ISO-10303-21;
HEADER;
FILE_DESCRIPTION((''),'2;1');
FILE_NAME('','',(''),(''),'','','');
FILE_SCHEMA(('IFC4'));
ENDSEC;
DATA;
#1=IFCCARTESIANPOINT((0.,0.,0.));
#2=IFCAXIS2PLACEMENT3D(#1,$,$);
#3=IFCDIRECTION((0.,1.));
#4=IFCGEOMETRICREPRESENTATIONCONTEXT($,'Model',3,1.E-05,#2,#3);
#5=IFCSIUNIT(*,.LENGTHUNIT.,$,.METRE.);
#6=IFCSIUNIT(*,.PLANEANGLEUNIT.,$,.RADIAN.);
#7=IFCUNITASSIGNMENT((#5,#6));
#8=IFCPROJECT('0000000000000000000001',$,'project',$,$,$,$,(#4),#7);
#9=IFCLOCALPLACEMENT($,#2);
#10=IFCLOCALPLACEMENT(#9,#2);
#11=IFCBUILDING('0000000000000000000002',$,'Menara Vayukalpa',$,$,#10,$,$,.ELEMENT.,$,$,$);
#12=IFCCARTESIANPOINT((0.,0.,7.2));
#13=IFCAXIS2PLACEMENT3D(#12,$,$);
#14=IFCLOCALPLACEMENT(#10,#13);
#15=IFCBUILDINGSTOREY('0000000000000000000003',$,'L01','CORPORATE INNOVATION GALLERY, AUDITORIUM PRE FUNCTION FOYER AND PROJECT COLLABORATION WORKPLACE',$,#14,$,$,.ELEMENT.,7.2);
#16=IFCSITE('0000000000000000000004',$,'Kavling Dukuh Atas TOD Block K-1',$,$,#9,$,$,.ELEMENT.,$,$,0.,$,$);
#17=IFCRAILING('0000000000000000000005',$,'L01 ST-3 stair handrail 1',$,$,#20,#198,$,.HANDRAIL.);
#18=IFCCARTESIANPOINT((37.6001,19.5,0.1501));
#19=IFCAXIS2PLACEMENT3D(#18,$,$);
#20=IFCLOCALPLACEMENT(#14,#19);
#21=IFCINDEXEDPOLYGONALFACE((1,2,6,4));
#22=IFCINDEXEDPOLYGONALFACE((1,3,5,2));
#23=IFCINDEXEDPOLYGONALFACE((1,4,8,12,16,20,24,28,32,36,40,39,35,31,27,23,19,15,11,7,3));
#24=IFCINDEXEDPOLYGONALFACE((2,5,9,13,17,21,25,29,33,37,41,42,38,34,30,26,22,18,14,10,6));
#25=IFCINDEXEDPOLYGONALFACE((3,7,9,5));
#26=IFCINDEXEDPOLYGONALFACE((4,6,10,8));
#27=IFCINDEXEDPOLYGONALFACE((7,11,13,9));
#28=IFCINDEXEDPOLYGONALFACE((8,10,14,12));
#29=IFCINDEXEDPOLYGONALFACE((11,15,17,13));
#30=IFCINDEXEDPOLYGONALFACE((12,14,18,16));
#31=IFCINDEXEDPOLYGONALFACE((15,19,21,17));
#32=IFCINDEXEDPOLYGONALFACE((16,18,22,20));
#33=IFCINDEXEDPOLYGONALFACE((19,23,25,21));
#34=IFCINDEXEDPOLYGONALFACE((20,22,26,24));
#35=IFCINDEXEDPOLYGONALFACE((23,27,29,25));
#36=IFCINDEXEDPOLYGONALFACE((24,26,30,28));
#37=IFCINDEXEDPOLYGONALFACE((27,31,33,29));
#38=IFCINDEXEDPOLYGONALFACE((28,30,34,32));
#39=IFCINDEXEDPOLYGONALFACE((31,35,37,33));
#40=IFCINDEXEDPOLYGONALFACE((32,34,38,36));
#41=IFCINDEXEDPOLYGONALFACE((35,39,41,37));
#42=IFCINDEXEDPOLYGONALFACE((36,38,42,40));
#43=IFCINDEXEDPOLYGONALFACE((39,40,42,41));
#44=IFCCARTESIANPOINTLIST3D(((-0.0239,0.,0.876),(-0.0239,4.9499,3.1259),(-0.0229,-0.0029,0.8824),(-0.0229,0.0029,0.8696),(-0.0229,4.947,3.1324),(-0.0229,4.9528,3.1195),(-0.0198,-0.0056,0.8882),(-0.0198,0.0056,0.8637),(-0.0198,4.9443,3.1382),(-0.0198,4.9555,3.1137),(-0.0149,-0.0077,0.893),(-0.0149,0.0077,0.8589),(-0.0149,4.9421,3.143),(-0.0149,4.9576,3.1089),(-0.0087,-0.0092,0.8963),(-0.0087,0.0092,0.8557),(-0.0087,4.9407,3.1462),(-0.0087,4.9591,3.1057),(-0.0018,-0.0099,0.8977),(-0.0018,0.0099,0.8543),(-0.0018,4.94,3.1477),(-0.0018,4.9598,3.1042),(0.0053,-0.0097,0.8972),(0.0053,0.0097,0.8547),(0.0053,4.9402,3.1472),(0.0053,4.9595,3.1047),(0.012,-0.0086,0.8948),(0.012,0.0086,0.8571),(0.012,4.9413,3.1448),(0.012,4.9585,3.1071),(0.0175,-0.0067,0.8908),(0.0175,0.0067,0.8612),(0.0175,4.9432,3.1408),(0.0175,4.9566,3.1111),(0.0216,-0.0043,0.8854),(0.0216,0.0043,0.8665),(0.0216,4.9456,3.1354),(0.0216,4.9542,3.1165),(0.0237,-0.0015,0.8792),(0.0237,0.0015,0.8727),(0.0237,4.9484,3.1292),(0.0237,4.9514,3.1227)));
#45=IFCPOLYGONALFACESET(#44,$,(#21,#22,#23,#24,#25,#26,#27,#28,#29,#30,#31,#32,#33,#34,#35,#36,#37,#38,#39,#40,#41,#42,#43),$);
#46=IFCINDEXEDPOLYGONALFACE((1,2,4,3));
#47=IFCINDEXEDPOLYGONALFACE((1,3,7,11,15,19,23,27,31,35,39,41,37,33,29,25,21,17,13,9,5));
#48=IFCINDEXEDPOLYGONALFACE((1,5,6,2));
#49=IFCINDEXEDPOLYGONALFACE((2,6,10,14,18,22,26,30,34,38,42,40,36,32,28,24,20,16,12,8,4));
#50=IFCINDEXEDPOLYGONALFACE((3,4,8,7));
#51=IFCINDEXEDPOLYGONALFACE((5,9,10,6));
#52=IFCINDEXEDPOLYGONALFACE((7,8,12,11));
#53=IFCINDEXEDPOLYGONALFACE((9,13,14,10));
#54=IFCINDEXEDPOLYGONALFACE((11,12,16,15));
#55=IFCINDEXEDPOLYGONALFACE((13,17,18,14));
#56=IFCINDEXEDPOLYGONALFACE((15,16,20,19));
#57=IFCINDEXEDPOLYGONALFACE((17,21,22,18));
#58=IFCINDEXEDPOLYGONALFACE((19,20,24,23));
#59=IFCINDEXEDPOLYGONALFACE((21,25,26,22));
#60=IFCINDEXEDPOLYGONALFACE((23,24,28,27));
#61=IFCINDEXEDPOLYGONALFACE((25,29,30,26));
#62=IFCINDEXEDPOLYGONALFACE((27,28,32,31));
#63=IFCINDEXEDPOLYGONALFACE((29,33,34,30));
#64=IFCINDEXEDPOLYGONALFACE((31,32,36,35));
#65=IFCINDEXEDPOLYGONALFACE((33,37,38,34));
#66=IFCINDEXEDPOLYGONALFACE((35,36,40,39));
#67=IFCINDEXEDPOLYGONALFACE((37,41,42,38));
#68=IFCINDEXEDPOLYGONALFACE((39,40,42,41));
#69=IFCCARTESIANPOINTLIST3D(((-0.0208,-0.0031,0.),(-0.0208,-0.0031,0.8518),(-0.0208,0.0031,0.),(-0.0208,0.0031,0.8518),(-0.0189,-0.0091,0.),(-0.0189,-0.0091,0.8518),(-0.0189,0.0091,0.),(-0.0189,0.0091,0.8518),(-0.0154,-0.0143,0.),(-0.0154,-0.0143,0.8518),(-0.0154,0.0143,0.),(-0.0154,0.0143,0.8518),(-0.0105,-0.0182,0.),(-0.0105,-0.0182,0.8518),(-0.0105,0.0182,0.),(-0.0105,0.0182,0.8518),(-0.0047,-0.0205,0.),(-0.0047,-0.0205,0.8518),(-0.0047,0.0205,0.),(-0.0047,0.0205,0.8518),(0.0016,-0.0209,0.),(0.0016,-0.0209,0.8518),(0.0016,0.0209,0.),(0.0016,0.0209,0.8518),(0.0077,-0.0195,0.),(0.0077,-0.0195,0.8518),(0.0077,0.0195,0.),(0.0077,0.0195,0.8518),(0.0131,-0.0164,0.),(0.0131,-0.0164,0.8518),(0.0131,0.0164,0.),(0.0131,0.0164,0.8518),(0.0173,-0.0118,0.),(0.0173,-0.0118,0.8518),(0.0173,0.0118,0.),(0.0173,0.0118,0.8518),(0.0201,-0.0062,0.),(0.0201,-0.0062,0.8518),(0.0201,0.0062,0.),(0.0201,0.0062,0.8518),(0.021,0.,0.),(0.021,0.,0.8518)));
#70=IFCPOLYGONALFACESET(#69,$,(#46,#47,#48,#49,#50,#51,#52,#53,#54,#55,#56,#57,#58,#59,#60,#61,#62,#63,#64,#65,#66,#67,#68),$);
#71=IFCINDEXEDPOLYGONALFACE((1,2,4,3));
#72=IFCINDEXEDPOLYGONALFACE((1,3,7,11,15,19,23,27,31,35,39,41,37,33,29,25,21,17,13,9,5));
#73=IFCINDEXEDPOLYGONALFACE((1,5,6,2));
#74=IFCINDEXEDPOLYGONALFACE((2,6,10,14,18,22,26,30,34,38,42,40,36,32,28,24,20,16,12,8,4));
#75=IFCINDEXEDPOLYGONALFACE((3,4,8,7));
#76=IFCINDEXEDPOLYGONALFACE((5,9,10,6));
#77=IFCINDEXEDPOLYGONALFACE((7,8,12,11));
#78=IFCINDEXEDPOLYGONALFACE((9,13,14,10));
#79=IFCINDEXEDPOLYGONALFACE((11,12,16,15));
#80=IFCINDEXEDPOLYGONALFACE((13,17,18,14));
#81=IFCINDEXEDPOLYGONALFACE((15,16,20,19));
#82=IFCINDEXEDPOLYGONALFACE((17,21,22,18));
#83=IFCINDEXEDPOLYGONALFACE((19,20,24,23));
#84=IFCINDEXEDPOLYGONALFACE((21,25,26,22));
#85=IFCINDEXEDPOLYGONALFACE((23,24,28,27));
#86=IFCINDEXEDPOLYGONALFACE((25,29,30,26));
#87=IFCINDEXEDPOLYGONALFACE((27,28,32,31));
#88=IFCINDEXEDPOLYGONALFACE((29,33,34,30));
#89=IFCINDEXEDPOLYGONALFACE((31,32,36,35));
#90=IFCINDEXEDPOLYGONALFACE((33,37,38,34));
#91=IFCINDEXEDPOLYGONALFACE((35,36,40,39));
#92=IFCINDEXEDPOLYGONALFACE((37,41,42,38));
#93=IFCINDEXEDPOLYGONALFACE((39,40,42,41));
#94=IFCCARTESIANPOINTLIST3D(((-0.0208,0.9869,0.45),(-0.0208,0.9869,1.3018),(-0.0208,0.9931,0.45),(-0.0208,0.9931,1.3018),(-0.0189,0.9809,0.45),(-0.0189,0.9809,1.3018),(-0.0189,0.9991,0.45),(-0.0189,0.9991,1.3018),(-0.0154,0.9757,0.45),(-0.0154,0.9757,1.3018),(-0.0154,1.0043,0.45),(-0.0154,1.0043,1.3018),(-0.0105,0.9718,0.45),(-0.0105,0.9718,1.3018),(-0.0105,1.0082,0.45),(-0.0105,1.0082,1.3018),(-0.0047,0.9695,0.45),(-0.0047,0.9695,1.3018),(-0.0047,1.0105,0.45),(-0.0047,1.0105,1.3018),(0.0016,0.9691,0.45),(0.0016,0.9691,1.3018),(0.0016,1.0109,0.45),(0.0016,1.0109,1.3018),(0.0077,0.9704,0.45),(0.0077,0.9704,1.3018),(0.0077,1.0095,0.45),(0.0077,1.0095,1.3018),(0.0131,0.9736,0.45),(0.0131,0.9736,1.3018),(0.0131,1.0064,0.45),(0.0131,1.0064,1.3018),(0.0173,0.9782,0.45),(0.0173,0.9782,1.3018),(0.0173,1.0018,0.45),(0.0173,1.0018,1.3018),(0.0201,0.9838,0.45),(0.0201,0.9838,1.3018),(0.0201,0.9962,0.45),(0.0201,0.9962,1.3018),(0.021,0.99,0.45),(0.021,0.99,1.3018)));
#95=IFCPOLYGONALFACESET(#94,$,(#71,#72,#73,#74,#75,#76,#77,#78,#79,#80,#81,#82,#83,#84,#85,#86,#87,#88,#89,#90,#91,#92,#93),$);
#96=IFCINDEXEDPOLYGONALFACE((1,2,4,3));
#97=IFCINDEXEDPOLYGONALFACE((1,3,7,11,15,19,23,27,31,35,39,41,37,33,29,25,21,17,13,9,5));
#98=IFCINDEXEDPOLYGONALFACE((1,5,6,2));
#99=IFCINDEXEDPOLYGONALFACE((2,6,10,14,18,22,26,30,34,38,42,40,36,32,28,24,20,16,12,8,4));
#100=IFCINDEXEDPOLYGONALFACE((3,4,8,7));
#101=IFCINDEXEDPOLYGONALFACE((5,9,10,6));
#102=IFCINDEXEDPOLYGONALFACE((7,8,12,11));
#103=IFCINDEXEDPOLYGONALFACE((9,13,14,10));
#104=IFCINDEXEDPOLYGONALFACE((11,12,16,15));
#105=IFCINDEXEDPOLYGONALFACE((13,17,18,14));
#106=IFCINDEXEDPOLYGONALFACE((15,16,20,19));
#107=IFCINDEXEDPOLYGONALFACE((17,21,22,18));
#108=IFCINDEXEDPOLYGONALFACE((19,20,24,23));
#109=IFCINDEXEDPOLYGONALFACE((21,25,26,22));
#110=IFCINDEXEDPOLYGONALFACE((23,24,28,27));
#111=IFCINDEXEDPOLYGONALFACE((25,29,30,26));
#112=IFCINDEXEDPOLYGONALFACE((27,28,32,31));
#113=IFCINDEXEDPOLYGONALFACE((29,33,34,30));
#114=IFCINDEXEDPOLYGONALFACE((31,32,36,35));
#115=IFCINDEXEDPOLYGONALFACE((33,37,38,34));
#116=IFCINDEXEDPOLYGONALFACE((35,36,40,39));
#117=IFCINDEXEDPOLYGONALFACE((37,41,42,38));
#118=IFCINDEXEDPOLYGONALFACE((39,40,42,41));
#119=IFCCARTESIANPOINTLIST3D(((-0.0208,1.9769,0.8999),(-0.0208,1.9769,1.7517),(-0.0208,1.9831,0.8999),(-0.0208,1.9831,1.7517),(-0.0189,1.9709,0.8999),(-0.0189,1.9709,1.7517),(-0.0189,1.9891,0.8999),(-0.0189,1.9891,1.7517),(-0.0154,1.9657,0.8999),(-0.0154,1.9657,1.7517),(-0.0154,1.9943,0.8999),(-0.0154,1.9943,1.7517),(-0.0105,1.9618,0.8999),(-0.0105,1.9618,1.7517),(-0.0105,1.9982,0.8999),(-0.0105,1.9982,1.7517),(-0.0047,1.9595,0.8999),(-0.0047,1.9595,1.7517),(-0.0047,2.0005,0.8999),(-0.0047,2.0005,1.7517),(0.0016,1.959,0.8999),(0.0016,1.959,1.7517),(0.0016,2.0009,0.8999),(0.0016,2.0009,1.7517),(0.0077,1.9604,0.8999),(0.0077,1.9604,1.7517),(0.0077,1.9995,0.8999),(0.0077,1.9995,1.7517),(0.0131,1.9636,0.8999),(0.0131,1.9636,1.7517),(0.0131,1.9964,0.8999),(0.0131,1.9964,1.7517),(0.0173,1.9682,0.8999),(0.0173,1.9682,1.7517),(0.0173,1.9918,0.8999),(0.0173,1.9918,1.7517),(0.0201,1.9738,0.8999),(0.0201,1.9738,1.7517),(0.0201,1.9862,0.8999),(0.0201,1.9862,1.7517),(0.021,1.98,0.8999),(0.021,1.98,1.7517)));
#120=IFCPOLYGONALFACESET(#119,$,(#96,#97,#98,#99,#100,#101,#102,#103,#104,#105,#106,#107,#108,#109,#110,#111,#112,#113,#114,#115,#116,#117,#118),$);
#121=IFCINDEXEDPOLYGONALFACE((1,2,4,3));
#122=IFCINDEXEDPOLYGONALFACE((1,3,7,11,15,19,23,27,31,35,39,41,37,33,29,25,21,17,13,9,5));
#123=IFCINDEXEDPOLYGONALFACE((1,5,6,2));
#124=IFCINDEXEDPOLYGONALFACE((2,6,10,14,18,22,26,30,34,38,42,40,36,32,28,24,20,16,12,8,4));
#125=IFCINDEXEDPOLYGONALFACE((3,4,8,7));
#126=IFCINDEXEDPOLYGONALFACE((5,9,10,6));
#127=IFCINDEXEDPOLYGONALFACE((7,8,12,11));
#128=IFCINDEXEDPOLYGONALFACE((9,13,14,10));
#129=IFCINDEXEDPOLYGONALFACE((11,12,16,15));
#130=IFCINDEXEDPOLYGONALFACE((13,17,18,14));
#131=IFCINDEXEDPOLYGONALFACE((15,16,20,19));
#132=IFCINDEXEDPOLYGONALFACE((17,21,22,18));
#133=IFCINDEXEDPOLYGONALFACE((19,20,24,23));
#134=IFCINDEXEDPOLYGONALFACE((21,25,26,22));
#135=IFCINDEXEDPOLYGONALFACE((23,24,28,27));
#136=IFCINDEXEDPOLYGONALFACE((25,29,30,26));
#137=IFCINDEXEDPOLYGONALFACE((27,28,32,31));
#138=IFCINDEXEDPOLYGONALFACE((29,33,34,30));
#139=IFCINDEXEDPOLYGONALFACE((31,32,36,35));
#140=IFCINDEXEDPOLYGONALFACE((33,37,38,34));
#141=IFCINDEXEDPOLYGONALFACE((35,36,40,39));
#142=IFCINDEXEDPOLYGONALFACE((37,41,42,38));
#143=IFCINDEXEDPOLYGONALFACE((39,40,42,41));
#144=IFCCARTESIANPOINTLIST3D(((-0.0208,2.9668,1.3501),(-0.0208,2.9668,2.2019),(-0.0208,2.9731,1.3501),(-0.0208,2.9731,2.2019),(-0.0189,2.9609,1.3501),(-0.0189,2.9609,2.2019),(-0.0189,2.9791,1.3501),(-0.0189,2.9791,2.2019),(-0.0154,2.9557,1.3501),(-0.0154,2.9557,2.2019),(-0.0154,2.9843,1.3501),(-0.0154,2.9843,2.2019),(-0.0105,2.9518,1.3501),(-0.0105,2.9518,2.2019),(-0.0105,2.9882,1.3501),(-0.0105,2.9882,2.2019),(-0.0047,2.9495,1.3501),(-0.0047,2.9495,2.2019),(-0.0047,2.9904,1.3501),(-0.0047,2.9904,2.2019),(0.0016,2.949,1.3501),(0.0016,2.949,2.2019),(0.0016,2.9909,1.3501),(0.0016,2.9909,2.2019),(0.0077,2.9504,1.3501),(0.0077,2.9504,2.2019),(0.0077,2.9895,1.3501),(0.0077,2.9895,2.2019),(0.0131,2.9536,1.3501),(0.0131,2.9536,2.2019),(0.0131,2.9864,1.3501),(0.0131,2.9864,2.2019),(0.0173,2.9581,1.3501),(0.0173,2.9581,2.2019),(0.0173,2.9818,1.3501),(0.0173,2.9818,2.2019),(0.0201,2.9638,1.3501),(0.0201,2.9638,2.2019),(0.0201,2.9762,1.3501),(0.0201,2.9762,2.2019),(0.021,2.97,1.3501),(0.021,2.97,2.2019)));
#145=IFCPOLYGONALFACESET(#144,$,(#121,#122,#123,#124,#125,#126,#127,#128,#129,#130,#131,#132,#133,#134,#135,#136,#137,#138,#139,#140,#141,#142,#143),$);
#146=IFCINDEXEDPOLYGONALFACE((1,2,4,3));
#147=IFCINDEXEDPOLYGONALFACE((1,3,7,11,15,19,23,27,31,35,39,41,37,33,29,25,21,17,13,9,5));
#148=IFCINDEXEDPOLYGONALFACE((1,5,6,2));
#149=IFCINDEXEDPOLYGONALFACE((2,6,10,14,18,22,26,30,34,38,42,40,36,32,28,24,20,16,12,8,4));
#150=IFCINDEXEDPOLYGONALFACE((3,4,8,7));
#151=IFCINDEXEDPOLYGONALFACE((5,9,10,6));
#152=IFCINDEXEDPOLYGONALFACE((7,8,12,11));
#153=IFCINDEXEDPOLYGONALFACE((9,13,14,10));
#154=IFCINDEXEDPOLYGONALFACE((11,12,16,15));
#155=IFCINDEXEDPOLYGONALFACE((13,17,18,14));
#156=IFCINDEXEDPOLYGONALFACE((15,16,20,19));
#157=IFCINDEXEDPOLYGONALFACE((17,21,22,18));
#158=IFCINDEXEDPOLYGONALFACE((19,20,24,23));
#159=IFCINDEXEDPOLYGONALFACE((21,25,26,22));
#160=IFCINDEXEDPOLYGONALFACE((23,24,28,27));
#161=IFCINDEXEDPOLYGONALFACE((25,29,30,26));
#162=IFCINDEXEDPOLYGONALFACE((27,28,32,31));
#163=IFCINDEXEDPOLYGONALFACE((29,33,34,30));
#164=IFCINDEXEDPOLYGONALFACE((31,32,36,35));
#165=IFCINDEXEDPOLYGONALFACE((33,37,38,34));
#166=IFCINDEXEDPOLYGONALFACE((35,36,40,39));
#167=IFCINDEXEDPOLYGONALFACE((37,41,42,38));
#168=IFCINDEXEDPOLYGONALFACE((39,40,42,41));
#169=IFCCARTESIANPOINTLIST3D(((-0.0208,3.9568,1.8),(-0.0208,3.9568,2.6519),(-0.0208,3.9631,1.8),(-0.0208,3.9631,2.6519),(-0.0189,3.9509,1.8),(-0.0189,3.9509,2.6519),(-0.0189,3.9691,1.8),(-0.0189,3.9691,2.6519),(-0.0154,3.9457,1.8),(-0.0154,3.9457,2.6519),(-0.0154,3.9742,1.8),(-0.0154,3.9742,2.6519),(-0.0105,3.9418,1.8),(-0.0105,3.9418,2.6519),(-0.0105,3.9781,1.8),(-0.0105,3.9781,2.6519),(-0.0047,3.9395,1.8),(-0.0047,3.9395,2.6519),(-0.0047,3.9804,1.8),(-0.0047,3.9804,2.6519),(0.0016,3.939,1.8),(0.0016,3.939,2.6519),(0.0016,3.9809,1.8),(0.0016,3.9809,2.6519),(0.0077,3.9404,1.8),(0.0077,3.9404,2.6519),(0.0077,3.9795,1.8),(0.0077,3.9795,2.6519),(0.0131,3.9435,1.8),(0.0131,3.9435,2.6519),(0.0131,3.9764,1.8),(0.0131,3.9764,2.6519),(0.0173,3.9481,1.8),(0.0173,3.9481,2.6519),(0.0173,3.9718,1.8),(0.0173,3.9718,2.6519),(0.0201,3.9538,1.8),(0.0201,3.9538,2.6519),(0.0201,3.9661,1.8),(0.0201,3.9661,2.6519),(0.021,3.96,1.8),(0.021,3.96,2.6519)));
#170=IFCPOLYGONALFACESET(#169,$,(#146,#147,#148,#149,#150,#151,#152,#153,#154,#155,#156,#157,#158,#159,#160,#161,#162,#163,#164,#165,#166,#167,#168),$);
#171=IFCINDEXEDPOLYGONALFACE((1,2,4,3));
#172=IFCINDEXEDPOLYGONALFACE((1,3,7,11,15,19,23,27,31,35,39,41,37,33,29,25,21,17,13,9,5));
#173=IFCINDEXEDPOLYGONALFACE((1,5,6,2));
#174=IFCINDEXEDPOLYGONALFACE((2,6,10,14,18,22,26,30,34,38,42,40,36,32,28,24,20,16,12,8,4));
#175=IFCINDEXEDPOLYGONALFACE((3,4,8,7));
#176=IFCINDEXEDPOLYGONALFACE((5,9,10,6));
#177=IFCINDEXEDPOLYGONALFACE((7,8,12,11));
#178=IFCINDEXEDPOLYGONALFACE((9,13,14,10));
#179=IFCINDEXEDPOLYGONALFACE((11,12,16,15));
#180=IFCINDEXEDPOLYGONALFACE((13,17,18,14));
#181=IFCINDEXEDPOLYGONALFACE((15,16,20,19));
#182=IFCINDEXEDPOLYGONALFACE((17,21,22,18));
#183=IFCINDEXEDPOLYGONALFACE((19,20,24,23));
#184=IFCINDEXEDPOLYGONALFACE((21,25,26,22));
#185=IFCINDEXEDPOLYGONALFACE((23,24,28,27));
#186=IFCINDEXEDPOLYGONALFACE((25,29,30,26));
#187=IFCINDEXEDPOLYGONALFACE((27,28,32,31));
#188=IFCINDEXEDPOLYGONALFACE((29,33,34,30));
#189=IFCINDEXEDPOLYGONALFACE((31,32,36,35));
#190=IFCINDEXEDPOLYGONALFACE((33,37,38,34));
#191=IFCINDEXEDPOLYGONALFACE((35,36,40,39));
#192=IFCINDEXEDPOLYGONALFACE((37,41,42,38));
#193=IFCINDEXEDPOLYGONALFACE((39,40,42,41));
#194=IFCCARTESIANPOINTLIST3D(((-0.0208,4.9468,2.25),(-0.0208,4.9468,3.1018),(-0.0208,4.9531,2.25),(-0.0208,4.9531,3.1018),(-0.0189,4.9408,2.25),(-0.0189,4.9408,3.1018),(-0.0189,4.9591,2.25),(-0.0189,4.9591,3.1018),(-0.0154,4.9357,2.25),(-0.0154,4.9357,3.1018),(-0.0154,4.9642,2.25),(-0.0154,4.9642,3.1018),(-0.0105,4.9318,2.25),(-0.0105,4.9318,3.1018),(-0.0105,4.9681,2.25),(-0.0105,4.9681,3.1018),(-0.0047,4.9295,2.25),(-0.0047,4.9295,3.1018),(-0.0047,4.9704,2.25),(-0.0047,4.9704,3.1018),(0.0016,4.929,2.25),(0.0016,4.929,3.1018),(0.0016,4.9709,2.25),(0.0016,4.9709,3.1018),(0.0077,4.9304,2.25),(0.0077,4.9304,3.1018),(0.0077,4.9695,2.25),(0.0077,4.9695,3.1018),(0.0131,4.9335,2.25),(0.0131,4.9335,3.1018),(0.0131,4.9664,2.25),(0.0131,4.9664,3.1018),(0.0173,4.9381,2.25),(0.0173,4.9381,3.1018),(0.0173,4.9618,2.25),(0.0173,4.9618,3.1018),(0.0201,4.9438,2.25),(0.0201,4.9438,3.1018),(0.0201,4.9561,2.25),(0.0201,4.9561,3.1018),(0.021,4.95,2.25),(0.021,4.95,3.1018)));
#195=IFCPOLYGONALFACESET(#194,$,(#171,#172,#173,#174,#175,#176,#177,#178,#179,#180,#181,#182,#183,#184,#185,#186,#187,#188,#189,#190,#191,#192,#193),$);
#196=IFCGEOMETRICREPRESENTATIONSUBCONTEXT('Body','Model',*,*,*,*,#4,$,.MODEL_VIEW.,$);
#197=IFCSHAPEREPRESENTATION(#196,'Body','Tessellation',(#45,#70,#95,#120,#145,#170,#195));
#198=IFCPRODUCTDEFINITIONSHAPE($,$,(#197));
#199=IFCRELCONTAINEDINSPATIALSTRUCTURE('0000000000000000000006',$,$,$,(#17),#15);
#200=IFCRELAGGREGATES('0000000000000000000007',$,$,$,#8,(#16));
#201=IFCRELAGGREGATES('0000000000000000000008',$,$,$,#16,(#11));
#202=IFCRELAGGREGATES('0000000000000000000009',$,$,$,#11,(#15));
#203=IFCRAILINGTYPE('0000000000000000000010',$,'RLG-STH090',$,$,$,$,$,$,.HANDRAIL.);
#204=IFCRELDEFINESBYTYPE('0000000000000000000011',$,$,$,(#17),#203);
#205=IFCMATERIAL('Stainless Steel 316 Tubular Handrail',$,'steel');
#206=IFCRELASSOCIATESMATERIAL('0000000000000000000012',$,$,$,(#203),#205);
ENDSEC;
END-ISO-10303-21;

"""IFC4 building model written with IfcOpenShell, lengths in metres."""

from ifc_helpers import new_model, si_unit, direction, frame, origin, origin_2d, place, context, subcontext, project, spatial, circle, extrude, material, type_object, element, save


model = new_model("IFC4")

# Units and contexts
model_context = context("Model", 3, precision=1e-05, world=origin(), true_north=direction((0.0, 1.0)))
body_context = subcontext(model_context, "Body", "Model", "MODEL_VIEW")
ifc_project = project(units=[si_unit("LENGTHUNIT", "METRE"), si_unit("PLANEANGLEUNIT", "RADIAN")], contexts=[model_context])

# Site, building, storey
site_placement = place(None, origin())
site = spatial("IfcSite", under=ifc_project, at=site_placement, Name="Kavling Dukuh Atas TOD Block K-1", CompositionType="ELEMENT", RefElevation=0.0)
building_placement = place(site_placement, origin())
building = spatial("IfcBuilding", under=site, at=building_placement, Name="Menara Vayukalpa", CompositionType="ELEMENT")
storey_placement = place(building_placement, frame((0.0, 0.0, 7.2)))
storey = spatial("IfcBuildingStorey", under=building, at=storey_placement, Name="L01", Description="CORPORATE INNOVATION GALLERY, AUDITORIUM PRE FUNCTION FOYER AND PROJECT COLLABORATION WORKPLACE", CompositionType="ELEMENT", Elevation=7.2)

# Railing
ifc_material_1 = material(Name="Stainless Steel 316 Tubular Handrail", Category="steel")
railing_type_1 = type_object("IfcRailingType", Name="RLG-STH090", PredefinedType="HANDRAIL", material=ifc_material_1)
for number, where, name in (
    (1, (37.6001, 19.5, 0.1501), "L01 ST-3 stair handrail 1"),
):
    element("IfcRailing", number, at=place(storey_placement, frame(where)), inside=storey, type_object=railing_type_1, Name=name, PredefinedType="HANDRAIL", context=body_context, shape_type="SweptSolid", body=[
        extrude(circle(Radius=0.0239, at=origin_2d()), frame((0.0, 0.0, 0.876), z_axis=(0.0, 0.910365, 0.413806), x_axis=(-1.0, 0.0, 0.0)), (0.0, 0.0, 1.0), 5.4373),
        extrude(circle(Radius=0.021, at=origin_2d()), origin(), (0.0, 0.0, 1.0), 0.8518),
        extrude(circle(Radius=0.021, at=origin_2d()), frame((0.0, 0.99, 0.45)), (0.0, 0.0, 1.0), 0.8518),
        extrude(circle(Radius=0.021, at=origin_2d()), frame((0.0, 1.98, 0.8999)), (0.0, 0.0, 1.0), 0.8518),
        extrude(circle(Radius=0.021, at=origin_2d()), frame((0.0, 2.97, 1.3501)), (0.0, 0.0, 1.0), 0.8518),
        extrude(circle(Radius=0.021, at=origin_2d()), frame((0.0, 3.96, 1.8)), (0.0, 0.0, 1.0), 0.8518),
        extrude(circle(Radius=0.021, at=origin_2d()), frame((0.0, 4.95, 2.25)), (0.0, 0.0, 1.0), 0.8518),
    ])

save(model, "model.ifc")
